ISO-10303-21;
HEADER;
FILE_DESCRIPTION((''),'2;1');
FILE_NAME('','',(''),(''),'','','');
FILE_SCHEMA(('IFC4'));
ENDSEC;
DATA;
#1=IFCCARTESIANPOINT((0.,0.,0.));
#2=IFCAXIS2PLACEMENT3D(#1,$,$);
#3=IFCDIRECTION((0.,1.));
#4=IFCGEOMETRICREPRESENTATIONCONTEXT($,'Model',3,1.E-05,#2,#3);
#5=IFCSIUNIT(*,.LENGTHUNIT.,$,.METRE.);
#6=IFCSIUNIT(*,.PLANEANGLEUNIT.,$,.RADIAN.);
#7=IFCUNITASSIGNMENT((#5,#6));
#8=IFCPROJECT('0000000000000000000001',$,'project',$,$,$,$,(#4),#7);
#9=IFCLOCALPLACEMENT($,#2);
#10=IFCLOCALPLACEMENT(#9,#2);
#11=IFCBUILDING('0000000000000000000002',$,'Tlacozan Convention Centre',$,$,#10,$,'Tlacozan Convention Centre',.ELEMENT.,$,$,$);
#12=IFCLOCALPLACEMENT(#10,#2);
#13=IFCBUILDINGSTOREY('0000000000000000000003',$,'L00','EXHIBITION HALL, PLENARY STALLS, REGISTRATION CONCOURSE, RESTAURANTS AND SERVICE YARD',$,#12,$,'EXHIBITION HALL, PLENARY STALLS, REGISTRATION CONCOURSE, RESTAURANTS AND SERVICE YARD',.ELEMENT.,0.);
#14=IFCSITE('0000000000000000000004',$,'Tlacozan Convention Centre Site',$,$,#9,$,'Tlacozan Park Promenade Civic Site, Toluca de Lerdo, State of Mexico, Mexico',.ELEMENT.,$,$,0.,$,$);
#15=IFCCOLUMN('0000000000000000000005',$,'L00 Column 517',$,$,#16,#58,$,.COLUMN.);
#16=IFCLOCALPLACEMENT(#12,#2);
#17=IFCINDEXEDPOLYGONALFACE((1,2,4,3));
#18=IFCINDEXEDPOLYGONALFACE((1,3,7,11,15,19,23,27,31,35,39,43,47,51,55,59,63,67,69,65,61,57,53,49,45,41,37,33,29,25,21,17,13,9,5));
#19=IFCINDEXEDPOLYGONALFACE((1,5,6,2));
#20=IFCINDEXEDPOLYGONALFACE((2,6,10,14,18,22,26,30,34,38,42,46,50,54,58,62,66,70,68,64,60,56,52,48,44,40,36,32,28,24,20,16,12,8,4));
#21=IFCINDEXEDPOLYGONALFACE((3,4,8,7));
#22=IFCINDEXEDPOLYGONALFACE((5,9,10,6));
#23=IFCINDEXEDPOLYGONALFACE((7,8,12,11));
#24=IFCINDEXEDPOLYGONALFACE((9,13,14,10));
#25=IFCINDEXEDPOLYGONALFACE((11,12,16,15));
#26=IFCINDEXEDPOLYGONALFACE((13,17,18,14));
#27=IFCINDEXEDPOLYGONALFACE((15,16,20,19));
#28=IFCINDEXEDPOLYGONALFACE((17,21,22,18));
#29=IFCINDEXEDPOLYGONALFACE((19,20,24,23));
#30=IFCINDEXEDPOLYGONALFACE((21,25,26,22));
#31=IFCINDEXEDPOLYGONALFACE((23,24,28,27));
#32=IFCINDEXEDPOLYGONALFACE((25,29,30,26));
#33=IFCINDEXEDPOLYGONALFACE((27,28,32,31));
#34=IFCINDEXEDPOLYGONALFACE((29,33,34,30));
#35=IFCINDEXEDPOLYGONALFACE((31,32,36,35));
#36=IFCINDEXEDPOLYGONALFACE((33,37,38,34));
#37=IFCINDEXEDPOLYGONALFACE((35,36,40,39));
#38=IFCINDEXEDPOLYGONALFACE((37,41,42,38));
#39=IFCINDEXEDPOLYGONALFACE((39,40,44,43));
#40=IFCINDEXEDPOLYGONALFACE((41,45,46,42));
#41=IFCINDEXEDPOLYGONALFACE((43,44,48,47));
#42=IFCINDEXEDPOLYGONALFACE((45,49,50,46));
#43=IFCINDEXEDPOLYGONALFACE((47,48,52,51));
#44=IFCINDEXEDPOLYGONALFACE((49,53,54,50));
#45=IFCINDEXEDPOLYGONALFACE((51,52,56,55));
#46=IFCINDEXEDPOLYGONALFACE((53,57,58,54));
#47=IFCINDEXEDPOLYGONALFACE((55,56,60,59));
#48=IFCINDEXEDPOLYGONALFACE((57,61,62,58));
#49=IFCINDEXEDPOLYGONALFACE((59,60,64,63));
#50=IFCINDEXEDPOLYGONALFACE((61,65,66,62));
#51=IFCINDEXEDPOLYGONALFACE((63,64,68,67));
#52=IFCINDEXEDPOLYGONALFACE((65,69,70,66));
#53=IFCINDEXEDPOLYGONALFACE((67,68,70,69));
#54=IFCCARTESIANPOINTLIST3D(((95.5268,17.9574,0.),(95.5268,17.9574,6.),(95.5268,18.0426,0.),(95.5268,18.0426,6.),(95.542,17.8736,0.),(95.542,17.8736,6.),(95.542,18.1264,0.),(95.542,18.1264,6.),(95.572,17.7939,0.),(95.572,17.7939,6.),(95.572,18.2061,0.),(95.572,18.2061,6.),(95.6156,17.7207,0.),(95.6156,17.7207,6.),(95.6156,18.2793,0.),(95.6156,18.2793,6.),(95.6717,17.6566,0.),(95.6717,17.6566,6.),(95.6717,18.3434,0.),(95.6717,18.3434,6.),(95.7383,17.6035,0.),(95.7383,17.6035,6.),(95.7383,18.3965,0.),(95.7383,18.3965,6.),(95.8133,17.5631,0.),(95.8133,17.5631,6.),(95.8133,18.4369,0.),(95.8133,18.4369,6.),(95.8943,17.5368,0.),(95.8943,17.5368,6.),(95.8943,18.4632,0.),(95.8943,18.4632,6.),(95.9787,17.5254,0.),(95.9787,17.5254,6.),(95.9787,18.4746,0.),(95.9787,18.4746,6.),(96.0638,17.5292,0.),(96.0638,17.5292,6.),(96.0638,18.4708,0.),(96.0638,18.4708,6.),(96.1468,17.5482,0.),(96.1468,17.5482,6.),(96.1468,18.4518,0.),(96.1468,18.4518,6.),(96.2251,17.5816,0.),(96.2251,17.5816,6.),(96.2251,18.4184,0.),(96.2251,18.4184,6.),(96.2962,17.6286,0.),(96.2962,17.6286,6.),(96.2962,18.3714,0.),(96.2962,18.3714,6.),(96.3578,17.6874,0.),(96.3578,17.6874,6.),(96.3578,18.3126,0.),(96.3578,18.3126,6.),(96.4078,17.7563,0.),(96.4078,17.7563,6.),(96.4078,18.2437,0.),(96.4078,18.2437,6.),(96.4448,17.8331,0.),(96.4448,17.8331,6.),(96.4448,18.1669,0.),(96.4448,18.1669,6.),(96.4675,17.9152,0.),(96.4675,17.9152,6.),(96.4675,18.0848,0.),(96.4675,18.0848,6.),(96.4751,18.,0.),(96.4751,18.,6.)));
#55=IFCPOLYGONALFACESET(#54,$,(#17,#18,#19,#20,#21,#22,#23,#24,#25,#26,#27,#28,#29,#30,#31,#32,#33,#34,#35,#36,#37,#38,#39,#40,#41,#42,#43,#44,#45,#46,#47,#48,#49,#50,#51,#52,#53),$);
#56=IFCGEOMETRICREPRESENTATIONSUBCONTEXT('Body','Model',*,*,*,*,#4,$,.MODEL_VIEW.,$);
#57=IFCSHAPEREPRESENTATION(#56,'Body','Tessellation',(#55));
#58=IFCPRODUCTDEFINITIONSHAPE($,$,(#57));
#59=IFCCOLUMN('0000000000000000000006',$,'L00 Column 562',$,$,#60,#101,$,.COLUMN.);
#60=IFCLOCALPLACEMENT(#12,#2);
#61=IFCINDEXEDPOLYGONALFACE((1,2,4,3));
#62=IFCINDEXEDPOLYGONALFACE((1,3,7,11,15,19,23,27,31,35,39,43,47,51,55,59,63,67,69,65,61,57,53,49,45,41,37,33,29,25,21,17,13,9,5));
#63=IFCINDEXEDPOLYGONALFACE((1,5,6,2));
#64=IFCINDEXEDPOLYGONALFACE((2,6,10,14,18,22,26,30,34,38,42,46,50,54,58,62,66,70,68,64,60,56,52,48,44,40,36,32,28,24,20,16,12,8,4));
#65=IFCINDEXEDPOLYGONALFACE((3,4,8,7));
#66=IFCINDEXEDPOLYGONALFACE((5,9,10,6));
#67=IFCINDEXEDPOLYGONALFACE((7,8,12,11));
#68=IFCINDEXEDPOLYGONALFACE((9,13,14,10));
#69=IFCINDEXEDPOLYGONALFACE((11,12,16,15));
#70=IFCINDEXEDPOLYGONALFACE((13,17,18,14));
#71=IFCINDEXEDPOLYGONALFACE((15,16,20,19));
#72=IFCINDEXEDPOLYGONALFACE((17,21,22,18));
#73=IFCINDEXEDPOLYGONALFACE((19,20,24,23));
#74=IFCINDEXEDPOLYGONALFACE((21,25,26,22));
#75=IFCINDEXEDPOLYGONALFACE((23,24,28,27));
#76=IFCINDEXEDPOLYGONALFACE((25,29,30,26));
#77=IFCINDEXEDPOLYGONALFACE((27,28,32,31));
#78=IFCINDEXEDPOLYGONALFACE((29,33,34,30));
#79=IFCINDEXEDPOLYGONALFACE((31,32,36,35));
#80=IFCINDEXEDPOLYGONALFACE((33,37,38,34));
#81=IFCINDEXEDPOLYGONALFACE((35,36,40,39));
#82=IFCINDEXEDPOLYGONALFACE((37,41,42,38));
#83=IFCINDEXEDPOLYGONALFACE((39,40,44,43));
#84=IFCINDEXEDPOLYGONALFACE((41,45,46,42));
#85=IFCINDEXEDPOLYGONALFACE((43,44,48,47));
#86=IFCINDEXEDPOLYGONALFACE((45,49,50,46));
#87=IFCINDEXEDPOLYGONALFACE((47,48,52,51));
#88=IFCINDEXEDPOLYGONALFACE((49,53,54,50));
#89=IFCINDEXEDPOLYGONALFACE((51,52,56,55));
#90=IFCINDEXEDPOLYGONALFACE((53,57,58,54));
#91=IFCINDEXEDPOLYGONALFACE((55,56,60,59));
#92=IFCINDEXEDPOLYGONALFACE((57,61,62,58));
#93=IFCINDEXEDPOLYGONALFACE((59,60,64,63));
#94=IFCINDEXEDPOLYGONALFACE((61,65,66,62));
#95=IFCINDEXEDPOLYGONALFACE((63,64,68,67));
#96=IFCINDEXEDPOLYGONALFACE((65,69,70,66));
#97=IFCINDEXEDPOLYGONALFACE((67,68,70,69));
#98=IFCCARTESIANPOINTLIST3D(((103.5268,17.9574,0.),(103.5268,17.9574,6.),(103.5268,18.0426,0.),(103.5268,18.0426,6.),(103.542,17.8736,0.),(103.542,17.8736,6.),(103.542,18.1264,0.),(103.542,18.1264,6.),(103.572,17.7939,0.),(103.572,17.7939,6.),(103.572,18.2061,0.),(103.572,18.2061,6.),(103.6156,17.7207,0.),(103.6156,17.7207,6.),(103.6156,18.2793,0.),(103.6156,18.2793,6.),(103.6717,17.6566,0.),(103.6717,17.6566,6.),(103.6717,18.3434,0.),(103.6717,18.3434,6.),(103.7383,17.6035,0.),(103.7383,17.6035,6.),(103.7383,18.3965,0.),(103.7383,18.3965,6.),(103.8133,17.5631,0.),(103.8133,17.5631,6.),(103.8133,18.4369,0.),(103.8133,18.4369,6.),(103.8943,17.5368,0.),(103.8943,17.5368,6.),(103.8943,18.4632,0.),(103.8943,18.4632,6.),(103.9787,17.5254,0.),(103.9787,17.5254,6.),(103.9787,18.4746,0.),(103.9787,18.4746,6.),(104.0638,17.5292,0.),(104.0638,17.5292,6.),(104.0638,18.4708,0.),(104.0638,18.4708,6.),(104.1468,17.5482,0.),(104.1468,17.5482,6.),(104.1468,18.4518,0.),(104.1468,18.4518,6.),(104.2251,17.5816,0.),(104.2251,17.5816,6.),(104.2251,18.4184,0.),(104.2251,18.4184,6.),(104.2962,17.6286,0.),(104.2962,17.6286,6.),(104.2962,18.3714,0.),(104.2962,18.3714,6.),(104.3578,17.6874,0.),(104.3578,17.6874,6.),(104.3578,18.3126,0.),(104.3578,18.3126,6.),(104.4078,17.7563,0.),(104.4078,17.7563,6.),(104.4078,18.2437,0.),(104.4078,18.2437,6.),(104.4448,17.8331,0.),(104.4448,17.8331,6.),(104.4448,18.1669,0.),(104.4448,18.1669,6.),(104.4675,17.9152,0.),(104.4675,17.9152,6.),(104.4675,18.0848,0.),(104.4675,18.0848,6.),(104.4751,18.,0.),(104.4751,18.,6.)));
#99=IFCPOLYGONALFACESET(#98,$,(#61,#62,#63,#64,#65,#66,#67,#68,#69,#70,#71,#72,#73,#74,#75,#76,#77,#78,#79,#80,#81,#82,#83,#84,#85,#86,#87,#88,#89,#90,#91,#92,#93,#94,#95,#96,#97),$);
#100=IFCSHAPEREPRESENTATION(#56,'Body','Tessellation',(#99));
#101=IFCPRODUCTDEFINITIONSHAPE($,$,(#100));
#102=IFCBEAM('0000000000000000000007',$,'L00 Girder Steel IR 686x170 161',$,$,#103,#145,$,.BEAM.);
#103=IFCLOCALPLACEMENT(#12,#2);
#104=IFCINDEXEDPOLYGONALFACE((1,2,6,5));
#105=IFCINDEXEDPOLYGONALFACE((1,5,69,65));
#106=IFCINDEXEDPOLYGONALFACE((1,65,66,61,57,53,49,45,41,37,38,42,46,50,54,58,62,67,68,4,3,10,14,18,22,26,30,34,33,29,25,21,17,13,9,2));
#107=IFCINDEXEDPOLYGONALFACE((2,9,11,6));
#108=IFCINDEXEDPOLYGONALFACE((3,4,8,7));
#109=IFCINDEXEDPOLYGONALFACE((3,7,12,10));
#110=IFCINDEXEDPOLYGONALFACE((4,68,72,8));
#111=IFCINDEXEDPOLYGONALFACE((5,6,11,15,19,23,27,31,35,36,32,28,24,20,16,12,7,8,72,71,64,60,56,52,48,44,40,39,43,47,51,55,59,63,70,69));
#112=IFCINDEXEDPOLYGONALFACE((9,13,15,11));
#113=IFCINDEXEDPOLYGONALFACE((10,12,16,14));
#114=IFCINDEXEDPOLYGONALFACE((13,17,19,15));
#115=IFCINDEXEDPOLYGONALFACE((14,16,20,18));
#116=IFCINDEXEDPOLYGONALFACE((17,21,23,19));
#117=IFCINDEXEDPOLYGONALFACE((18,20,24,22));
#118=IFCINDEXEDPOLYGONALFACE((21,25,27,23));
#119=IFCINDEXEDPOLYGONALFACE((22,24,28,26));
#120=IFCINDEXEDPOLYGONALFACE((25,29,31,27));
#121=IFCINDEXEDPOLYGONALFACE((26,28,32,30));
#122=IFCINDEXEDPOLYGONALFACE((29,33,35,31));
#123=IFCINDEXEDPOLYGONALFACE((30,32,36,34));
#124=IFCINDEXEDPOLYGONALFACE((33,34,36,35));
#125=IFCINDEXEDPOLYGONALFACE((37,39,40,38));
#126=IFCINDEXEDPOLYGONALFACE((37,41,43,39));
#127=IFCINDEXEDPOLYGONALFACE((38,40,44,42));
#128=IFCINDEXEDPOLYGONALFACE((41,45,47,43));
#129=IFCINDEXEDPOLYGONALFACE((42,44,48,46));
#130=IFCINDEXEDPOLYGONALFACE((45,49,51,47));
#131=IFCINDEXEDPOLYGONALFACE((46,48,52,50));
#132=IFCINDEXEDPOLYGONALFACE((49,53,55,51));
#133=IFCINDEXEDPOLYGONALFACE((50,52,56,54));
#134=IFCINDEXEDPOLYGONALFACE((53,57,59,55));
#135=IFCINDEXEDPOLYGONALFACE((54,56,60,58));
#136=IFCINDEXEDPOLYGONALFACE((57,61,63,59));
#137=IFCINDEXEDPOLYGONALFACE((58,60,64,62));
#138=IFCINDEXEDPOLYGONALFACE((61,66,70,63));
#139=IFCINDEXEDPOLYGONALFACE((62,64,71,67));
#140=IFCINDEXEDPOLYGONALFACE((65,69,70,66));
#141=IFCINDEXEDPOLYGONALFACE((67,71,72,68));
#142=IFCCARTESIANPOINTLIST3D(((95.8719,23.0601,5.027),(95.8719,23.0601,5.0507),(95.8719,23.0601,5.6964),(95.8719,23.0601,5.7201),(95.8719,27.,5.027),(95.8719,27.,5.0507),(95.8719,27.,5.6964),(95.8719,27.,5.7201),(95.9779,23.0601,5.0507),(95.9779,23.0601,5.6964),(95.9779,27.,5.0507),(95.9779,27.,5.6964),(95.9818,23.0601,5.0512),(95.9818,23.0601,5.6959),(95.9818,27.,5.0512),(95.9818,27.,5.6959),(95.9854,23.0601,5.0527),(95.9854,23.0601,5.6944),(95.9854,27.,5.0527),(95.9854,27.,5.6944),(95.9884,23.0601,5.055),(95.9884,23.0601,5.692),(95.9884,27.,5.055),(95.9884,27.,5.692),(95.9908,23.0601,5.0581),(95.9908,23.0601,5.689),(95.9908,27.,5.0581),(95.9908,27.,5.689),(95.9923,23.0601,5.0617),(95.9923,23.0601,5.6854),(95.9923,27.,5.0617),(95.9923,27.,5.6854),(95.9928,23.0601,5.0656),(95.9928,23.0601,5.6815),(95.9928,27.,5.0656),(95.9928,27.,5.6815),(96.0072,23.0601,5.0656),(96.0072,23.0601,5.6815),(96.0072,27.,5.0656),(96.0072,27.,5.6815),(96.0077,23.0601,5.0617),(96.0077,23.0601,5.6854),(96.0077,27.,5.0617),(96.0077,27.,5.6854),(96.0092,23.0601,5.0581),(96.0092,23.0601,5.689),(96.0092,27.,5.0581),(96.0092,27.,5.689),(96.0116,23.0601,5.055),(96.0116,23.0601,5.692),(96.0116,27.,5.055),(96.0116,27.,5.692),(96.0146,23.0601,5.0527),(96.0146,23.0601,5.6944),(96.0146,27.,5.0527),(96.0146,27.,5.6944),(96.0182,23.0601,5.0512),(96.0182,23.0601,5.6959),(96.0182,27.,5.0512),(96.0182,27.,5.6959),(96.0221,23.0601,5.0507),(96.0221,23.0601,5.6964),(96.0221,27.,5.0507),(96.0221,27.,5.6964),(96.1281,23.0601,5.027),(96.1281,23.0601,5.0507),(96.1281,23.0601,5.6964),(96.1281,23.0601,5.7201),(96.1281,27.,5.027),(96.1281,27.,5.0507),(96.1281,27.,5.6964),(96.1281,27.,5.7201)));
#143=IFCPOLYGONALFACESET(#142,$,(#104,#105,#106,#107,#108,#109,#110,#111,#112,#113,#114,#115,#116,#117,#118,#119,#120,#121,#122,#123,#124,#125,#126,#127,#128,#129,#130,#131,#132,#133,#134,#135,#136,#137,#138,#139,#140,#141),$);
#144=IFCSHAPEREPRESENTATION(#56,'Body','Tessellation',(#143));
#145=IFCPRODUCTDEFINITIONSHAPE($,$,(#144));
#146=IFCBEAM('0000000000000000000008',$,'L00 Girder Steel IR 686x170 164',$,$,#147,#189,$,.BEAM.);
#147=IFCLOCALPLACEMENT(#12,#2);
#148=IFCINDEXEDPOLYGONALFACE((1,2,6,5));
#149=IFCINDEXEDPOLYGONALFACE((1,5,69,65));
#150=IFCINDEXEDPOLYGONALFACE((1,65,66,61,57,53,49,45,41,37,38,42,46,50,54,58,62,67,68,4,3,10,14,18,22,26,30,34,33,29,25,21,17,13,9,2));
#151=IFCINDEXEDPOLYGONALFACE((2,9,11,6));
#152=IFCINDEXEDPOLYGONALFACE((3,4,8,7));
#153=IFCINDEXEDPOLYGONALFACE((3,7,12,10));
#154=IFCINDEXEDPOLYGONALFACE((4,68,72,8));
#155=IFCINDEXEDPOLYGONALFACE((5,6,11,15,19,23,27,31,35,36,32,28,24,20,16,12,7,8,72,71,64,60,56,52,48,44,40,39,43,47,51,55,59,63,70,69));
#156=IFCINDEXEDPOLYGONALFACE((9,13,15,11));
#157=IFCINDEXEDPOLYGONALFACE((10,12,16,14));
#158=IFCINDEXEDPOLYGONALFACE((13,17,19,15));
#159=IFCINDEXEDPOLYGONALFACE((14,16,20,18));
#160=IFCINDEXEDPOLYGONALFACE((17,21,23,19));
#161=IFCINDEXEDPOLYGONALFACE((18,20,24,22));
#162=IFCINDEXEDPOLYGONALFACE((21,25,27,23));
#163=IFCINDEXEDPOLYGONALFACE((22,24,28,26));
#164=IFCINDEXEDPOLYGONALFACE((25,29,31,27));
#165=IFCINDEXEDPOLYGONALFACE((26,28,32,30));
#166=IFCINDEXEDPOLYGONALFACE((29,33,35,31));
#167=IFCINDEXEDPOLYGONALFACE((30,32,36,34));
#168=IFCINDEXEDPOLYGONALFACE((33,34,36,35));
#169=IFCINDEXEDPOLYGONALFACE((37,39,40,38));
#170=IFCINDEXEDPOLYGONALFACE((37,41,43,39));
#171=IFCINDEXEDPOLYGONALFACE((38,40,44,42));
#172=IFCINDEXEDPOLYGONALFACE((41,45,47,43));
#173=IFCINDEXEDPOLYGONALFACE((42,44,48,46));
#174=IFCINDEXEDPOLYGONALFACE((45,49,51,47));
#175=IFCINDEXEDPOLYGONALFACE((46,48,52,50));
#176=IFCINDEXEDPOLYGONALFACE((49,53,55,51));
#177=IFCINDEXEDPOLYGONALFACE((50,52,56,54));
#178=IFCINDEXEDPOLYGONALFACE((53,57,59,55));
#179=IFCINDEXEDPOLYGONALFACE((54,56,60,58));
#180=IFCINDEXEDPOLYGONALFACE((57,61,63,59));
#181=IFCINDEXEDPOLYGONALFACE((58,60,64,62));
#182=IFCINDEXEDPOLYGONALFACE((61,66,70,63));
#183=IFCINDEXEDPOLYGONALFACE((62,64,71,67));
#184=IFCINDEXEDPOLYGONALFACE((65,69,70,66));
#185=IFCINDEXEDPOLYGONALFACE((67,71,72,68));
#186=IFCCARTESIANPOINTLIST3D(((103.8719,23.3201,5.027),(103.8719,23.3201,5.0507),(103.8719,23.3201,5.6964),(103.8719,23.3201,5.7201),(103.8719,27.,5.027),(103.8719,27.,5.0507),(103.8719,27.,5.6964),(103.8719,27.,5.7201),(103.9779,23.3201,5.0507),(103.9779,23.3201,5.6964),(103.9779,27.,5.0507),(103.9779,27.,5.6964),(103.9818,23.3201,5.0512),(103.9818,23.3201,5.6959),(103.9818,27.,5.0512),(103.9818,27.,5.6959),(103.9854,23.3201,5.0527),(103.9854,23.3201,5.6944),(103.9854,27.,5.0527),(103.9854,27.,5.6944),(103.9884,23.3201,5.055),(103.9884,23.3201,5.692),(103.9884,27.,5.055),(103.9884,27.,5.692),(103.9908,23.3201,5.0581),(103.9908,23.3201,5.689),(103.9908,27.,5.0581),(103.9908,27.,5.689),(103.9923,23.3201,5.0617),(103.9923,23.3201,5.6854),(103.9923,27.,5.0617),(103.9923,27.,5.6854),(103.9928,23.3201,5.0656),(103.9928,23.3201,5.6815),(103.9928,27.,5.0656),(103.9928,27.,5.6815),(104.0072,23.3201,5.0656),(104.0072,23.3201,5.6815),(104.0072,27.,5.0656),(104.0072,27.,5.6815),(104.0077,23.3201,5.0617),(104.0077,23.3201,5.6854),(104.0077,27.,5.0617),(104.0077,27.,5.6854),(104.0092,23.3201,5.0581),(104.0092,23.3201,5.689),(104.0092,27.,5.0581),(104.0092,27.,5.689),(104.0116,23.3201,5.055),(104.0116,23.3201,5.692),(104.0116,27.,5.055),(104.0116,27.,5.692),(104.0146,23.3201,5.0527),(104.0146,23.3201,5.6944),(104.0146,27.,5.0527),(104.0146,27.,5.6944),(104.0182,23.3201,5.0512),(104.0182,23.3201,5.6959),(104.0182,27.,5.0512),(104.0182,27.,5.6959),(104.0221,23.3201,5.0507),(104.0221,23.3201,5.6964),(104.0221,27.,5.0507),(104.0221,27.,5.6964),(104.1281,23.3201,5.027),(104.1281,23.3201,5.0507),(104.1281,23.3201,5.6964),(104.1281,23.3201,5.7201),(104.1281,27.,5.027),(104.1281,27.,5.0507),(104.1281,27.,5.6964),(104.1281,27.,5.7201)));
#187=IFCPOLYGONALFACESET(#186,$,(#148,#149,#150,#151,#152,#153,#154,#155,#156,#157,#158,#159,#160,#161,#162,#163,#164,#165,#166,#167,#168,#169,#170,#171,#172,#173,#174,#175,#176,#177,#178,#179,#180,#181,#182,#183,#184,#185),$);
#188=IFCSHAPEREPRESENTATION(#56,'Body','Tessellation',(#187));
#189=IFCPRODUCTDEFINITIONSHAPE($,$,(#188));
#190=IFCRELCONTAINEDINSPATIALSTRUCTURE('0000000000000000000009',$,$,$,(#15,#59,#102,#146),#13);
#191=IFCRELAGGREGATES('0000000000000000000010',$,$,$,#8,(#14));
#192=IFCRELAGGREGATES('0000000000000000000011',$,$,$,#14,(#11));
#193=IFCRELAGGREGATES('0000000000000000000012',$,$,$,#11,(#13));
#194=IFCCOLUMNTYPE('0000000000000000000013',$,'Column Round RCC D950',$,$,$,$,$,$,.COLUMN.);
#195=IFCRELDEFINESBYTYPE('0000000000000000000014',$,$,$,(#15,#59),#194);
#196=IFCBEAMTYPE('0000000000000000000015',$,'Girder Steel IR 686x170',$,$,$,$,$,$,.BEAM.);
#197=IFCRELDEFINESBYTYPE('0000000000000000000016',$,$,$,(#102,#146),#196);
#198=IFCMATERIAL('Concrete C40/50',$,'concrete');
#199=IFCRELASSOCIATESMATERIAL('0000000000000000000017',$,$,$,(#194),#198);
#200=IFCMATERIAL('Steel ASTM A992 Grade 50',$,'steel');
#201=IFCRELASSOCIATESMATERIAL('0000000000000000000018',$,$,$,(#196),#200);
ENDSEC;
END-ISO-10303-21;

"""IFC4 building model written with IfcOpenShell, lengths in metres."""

from ifc_helpers import new_model, si_unit, direction, frame, origin, origin_2d, place, context, subcontext, project, spatial, circle, i_section, extrude, material, material_profile, profile_set, type_object, element, save


model = new_model("IFC4")

# Units and contexts
model_context = context("Model", 3, precision=1e-05, world=origin(), true_north=direction((0.0, 1.0)))
body_context = subcontext(model_context, "Body", "Model", "MODEL_VIEW")
ifc_project = project(units=[si_unit("LENGTHUNIT", "METRE"), si_unit("PLANEANGLEUNIT", "RADIAN")], contexts=[model_context])

# Site, building, storey
site_placement = place(None, origin())
site = spatial("IfcSite", under=ifc_project, at=site_placement, Name="Tlacozan Convention Centre Site", LongName="Tlacozan Park Promenade Civic Site, Toluca de Lerdo, State of Mexico, Mexico", CompositionType="ELEMENT", RefElevation=0.0)
building_placement = place(site_placement, origin())
building = spatial("IfcBuilding", under=site, at=building_placement, Name="Tlacozan Convention Centre", LongName="Tlacozan Convention Centre", CompositionType="ELEMENT")
storey_placement = place(building_placement, origin())
storey = spatial("IfcBuildingStorey", under=building, at=storey_placement, Name="L00", Description="EXHIBITION HALL, PLENARY STALLS, REGISTRATION CONCOURSE, RESTAURANTS AND SERVICE YARD", LongName="EXHIBITION HALL, PLENARY STALLS, REGISTRATION CONCOURSE, RESTAURANTS AND SERVICE YARD", CompositionType="ELEMENT", Elevation=0.0)

# Columns
ifc_material_1 = material(Name="Concrete C40/50", Category="concrete")
ifc_material_profile_1 = material_profile(ifc_material_1, circle(Radius=0.4751, at=origin_2d()), Name="RCC D950")
ifc_profile_set_1 = profile_set([ifc_material_profile_1], Name="Concrete C40/50")
column_type = type_object("IfcColumnType", Name="Column Round RCC D950", PredefinedType="COLUMN", material=ifc_profile_set_1)
for number, where, z_axis, x_axis, name in (
    (1, (96.0, 18.0, 0.0), (0.0, 0.0, 1.0), (1.0, 0.0, 0.0), "L00 Column 517"),
    (2, (104.0, 18.0, 0.0), (0.0, 0.0, 1.0), (1.0, 0.0, 0.0), "L00 Column 562"),
):
    element("IfcColumn", number, at=place(storey_placement, frame(where, z_axis=z_axis, x_axis=x_axis)), inside=storey, type_object=column_type, Name=name, PredefinedType="COLUMN", context=body_context, shape_type="SweptSolid", body=[
        extrude(circle(Radius=0.4751, at=origin_2d()), origin(), (0.0, 0.0, 1.0), 6.0),
    ])

# Beams
ifc_material_2 = material(Name="Steel ASTM A992 Grade 50", Category="steel")
ifc_material_profile_2 = material_profile(ifc_material_2, i_section(OverallWidth=0.2561, OverallDepth=0.6931, WebThickness=0.0144, FlangeThickness=0.0237, FilletRadius=0.0149, at=origin_2d()), Name="IR 686x170.0")
ifc_profile_set_2 = profile_set([ifc_material_profile_2], Name="Steel ASTM A992 Grade 50")
beam_type_1 = type_object("IfcBeamType", Name="Girder Steel IR 686x170", PredefinedType="BEAM", material=ifc_profile_set_2)
beam_1_placement = place(storey_placement, frame((96.0, 23.0601, 5.3735), z_axis=(0.0, 1.0, 0.0), x_axis=(-1.0, 0.0, 0.0)))
element("IfcBeam", 3, at=beam_1_placement, inside=storey, type_object=beam_type_1, Name="L00 Girder Steel IR 686x170 161", PredefinedType="BEAM", context=body_context, shape_type="SweptSolid", body=[
    extrude(i_section(OverallWidth=0.2561, OverallDepth=0.6931, WebThickness=0.0144, FlangeThickness=0.0237, FilletRadius=0.0149, at=origin_2d()), origin(), (0.0, 0.0, 1.0), 3.9399),
])
beam_2_placement = place(storey_placement, frame((104.0, 23.3201, 5.3735), z_axis=(0.0, 1.0, 0.0), x_axis=(-1.0, 0.0, 0.0)))
element("IfcBeam", 4, at=beam_2_placement, inside=storey, type_object=beam_type_1, Name="L00 Girder Steel IR 686x170 164", PredefinedType="BEAM", context=body_context, shape_type="SweptSolid", body=[
    extrude(i_section(OverallWidth=0.2561, OverallDepth=0.6931, WebThickness=0.0144, FlangeThickness=0.0237, FilletRadius=0.0149, at=origin_2d()), origin(), (0.0, 0.0, 1.0), 3.6799),
])

save(model, "model.ifc")
